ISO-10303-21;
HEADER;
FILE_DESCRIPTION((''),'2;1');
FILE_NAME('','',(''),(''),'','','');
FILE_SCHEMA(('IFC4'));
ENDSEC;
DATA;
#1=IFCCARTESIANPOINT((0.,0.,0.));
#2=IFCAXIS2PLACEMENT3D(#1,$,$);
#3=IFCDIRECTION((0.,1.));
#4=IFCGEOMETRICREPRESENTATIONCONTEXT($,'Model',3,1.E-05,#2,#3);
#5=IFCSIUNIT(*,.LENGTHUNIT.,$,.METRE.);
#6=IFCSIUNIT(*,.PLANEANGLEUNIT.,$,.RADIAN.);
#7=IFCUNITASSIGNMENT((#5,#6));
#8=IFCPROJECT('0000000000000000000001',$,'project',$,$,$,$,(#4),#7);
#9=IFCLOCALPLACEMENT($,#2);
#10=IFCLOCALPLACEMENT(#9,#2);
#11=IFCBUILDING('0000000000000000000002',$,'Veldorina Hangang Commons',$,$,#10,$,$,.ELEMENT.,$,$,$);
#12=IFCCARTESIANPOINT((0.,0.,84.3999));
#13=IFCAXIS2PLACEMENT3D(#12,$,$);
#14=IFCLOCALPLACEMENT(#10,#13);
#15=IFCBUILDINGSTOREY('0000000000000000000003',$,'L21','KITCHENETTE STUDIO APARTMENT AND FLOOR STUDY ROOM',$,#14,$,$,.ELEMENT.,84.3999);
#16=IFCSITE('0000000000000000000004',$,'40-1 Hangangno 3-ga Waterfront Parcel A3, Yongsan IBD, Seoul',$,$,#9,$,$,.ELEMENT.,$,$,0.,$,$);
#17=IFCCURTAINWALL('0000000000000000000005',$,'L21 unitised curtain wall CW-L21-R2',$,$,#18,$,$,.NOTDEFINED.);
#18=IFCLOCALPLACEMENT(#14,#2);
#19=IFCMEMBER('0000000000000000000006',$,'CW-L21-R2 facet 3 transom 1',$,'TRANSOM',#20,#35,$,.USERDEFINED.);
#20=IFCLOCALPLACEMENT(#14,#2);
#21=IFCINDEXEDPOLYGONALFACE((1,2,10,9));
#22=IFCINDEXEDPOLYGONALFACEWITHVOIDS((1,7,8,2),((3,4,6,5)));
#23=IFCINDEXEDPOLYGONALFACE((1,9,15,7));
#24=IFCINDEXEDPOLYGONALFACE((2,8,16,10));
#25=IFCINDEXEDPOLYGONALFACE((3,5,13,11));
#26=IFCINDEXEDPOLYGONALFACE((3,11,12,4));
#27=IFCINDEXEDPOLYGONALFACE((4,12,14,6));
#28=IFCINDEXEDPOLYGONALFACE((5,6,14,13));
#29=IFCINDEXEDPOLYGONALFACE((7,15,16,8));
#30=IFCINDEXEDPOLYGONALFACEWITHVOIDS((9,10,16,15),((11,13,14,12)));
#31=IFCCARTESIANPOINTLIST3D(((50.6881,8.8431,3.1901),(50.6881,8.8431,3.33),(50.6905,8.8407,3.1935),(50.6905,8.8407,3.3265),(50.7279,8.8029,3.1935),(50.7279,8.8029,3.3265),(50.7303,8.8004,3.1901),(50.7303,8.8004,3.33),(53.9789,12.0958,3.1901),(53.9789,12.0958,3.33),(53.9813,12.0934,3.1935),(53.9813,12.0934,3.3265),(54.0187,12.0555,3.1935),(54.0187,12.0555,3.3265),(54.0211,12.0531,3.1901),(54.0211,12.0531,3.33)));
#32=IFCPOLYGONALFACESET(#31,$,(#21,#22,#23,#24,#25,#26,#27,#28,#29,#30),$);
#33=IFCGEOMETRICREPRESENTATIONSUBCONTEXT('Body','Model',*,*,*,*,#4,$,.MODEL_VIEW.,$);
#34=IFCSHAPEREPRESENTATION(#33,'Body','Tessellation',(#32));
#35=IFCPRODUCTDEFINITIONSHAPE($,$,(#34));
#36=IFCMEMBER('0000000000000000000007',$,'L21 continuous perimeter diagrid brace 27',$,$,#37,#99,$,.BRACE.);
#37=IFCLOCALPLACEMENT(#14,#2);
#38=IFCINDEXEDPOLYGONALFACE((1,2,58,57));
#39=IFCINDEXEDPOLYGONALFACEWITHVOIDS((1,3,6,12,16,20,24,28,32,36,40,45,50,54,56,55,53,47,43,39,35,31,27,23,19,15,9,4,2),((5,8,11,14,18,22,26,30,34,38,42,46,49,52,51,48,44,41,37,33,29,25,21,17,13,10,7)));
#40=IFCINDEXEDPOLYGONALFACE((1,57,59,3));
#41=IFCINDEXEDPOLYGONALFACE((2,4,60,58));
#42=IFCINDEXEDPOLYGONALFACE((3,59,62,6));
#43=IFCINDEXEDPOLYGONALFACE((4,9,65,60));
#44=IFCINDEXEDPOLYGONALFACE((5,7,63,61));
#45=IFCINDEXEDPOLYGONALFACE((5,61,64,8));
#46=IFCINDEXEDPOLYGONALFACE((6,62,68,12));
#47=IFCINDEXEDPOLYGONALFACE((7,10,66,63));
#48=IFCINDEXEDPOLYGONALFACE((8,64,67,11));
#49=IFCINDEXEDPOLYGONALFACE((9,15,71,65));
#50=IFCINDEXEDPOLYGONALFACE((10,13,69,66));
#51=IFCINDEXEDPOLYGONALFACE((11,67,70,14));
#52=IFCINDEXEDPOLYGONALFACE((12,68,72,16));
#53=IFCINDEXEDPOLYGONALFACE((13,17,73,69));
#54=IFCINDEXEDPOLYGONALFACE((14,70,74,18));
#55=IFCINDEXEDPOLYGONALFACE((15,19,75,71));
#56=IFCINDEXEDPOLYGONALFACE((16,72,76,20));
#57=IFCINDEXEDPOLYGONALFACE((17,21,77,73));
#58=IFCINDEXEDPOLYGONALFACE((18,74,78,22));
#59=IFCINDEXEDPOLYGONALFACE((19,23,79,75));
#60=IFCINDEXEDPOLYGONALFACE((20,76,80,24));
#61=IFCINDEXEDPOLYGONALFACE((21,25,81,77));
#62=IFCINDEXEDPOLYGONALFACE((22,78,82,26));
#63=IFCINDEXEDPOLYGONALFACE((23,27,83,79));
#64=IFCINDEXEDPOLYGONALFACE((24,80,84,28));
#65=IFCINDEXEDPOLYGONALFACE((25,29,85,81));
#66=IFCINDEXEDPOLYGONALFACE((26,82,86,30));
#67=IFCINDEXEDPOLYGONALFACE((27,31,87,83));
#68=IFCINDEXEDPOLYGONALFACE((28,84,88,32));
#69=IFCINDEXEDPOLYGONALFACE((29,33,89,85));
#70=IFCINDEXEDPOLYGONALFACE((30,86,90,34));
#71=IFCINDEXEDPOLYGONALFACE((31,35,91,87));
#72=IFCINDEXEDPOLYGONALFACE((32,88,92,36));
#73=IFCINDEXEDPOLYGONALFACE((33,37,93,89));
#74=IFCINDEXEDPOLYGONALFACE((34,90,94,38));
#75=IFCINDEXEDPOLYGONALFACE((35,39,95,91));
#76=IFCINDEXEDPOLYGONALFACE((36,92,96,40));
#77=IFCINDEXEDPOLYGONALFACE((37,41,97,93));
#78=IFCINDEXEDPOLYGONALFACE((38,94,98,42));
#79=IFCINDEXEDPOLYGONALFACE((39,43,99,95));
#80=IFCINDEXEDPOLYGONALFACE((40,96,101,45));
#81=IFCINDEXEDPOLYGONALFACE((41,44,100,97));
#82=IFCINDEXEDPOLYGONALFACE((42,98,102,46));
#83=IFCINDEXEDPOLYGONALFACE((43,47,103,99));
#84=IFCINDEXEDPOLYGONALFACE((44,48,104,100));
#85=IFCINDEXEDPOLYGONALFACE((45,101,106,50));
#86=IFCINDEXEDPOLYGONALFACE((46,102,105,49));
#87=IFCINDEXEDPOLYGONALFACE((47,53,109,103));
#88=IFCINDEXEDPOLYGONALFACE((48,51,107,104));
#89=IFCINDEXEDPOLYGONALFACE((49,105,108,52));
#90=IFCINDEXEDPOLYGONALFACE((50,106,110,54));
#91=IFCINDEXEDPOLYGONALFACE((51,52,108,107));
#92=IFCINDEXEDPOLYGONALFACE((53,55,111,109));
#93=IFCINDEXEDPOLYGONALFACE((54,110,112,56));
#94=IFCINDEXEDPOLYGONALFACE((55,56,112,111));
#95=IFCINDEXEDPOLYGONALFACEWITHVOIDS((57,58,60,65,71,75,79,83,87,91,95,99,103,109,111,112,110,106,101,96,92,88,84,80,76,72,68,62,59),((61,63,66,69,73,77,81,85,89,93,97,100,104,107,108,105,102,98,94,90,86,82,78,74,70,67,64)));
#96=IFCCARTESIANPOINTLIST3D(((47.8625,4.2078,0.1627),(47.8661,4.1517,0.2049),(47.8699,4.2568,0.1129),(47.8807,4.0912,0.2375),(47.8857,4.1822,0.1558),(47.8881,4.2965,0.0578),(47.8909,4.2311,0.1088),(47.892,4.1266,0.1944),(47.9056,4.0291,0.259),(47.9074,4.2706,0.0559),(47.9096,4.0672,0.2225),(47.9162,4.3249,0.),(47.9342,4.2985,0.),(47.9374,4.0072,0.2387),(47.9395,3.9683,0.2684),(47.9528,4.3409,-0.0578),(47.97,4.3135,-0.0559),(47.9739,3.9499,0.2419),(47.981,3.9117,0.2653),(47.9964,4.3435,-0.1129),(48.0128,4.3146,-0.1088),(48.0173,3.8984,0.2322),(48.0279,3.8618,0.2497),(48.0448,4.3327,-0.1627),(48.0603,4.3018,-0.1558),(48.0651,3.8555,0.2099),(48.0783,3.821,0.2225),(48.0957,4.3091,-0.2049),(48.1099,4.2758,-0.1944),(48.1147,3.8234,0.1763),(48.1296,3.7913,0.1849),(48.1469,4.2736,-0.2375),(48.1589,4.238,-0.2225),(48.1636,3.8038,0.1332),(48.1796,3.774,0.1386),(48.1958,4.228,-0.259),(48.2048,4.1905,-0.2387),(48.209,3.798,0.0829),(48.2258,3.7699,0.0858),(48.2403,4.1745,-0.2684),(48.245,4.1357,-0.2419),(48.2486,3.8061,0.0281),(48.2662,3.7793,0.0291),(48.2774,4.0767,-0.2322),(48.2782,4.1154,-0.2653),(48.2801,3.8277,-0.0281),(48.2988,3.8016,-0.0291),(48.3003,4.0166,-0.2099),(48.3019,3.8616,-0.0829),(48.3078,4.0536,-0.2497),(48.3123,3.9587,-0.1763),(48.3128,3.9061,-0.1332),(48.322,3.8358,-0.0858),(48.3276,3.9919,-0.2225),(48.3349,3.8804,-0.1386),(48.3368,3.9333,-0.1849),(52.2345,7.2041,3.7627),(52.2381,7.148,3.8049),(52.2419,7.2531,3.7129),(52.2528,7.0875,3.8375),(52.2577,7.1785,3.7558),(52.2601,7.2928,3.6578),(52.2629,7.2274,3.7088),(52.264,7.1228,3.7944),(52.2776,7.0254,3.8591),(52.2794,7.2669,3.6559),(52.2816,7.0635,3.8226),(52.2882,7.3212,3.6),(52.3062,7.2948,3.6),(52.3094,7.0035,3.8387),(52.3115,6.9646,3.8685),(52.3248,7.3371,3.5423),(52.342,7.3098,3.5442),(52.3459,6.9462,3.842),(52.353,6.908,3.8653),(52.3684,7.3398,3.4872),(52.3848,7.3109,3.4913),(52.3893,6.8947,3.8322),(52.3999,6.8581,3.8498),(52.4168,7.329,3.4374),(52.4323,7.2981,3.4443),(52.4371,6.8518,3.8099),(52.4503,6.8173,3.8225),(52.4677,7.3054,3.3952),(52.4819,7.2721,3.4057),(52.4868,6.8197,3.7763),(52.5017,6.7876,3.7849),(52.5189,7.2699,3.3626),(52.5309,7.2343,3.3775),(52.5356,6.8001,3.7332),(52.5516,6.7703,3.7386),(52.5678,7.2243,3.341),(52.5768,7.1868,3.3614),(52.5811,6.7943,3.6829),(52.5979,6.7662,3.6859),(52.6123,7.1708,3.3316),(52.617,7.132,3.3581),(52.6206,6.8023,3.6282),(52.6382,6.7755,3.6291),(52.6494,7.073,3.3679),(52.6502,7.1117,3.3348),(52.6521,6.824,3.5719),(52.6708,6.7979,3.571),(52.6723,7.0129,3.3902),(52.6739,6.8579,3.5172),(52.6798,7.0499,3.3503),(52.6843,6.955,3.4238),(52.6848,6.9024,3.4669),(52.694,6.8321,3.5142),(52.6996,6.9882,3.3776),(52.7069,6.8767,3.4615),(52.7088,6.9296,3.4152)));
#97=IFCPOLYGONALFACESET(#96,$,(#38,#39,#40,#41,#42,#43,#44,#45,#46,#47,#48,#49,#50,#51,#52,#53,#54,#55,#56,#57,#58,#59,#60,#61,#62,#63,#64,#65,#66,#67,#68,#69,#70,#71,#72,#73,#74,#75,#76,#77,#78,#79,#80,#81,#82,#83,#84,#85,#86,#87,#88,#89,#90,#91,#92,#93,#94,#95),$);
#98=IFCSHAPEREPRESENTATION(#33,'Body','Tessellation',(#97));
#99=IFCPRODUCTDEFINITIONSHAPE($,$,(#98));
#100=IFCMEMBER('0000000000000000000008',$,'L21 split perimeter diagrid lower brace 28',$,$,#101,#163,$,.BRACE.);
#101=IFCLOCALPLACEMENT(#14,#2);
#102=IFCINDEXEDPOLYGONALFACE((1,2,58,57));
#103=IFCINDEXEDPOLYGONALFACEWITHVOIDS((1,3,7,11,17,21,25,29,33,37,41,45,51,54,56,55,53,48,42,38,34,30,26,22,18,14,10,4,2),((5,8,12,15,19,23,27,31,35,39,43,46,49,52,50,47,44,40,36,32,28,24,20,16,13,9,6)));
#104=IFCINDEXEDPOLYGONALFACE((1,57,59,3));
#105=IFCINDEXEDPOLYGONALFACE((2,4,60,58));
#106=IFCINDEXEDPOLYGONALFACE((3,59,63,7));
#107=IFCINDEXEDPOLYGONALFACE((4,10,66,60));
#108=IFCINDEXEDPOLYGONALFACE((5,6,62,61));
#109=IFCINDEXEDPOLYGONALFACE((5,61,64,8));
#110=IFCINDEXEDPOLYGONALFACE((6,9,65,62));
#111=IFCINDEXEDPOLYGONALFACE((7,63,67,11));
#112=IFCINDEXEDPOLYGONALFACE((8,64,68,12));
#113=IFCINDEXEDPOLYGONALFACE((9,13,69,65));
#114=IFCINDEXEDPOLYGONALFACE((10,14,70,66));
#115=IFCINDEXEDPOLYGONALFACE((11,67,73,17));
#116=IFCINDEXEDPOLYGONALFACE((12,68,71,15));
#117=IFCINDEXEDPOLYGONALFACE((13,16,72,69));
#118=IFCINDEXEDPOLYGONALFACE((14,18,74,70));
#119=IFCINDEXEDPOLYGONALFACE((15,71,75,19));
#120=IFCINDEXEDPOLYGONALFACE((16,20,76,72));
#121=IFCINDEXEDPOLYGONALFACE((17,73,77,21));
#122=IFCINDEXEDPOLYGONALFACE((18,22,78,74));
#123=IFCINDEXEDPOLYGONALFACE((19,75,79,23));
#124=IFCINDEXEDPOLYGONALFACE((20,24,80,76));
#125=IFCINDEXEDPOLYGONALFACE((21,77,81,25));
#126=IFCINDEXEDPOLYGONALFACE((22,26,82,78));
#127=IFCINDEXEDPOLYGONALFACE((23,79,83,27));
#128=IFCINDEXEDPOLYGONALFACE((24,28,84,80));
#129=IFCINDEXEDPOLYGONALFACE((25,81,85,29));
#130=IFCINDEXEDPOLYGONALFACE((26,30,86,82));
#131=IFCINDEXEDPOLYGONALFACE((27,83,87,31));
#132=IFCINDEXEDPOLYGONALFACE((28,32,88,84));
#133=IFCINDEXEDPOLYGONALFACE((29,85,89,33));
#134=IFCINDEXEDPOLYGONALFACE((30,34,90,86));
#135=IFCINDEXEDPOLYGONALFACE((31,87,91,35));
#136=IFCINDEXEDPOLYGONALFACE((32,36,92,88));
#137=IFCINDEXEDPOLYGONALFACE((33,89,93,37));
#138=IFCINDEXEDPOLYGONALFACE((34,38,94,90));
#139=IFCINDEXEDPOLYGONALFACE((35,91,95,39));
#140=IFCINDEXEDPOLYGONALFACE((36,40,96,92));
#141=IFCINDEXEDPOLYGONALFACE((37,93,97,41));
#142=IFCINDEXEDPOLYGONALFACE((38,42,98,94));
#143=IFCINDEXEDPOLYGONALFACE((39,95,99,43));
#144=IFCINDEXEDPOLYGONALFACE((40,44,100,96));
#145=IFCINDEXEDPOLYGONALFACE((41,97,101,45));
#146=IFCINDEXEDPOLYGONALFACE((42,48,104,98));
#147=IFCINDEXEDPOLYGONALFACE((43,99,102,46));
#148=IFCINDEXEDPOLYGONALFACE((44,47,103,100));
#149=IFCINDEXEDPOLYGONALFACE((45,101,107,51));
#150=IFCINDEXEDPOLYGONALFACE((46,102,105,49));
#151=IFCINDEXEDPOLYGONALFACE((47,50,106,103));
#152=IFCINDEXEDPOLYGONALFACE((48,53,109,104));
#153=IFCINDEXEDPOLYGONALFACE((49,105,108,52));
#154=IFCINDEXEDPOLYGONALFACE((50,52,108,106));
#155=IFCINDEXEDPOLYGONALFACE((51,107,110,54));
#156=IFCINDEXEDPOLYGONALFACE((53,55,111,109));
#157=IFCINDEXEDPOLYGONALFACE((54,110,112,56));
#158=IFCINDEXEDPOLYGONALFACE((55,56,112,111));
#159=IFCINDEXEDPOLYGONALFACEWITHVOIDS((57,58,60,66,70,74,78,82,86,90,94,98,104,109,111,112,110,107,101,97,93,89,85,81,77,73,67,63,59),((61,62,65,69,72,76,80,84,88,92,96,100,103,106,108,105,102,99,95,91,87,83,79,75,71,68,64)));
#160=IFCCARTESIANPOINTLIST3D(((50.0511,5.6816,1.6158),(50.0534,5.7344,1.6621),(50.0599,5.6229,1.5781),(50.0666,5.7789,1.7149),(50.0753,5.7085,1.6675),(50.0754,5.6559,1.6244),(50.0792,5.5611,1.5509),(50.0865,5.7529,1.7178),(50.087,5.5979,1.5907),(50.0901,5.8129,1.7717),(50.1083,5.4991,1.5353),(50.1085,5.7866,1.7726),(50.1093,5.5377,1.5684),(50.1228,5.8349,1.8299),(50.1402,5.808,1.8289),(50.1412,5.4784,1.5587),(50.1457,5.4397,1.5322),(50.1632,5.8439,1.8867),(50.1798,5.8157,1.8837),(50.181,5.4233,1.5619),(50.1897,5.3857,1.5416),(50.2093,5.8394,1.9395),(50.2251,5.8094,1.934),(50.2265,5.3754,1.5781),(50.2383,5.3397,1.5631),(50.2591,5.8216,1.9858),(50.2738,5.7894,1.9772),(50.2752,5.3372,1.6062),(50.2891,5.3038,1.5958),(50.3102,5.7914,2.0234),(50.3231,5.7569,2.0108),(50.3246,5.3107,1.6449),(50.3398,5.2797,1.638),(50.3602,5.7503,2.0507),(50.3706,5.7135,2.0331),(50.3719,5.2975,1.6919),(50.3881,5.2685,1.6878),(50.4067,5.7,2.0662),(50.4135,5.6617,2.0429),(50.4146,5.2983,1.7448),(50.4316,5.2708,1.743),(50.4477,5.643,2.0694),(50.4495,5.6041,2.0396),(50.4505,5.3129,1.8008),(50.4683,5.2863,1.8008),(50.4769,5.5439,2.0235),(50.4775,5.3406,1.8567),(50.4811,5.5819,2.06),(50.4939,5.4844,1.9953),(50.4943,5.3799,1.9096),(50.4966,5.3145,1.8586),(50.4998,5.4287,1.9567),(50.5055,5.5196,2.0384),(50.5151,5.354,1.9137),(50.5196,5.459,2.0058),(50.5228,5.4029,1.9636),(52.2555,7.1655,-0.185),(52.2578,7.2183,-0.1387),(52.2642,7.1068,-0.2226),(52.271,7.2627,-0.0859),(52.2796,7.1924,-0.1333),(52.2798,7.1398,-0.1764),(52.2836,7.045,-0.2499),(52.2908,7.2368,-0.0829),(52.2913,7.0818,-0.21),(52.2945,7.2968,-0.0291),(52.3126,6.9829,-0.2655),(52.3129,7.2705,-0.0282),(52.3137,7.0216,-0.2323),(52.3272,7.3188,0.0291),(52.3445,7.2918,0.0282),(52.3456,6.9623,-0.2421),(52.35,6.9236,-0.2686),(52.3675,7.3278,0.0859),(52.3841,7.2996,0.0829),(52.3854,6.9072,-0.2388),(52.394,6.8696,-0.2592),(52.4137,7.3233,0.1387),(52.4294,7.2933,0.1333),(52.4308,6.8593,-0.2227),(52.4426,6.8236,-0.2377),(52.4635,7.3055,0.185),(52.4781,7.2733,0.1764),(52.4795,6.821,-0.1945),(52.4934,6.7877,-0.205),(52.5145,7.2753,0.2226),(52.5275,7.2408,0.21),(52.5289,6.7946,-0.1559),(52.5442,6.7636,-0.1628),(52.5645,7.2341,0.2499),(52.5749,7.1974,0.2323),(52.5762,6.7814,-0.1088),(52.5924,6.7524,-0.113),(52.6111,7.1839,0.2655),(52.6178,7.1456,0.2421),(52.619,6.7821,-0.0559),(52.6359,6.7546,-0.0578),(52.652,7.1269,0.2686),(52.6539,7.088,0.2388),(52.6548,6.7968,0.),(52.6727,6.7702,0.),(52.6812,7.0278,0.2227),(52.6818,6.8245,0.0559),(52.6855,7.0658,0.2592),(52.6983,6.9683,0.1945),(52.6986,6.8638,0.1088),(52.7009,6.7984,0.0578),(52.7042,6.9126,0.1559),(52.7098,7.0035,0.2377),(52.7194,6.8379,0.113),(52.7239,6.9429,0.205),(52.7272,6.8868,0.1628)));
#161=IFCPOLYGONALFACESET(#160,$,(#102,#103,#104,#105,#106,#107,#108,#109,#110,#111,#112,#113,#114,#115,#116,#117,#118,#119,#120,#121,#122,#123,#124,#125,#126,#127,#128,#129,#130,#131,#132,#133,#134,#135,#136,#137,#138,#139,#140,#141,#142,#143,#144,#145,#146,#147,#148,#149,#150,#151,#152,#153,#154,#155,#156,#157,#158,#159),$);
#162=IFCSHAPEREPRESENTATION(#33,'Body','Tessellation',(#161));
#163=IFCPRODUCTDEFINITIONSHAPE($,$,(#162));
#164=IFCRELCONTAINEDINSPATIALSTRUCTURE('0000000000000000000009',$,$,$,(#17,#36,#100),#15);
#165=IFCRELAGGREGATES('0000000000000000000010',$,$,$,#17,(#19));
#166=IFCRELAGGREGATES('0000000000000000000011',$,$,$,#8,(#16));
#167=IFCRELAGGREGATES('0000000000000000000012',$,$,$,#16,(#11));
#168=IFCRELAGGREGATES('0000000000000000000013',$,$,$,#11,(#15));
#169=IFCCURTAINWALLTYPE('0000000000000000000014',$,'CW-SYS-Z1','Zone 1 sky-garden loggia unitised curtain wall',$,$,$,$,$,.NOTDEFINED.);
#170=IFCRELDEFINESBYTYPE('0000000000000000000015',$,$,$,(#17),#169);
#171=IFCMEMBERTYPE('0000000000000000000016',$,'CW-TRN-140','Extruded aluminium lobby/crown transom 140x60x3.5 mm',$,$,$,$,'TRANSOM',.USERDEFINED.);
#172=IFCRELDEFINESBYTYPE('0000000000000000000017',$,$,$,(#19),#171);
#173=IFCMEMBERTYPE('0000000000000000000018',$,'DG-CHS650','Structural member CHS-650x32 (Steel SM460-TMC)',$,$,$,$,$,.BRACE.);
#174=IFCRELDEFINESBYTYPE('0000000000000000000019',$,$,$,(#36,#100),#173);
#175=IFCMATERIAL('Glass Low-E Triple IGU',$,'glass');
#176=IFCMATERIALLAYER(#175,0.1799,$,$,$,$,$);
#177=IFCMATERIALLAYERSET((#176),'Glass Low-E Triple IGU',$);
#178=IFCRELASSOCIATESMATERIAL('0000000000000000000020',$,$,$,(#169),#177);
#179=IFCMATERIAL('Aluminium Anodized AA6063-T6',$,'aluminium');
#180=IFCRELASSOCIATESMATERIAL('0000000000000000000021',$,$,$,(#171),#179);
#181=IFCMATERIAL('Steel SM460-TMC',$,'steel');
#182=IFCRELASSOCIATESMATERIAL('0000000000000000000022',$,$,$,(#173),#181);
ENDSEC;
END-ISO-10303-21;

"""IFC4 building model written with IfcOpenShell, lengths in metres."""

from ifc_helpers import new_model, si_unit, direction, frame, origin, origin_2d, place, context, subcontext, project, spatial, hollow_rectangle, hollow_circle, extrude, material, layer, layer_set, material_profile, profile_set, type_object, element, aggregate, save


model = new_model("IFC4")

# Units and contexts
model_context = context("Model", 3, precision=1e-05, world=origin(), true_north=direction((0.0, 1.0)))
body_context = subcontext(model_context, "Body", "Model", "MODEL_VIEW")
ifc_project = project(units=[si_unit("LENGTHUNIT", "METRE"), si_unit("PLANEANGLEUNIT", "RADIAN")], contexts=[model_context])

# Site, building, storey
site_placement = place(None, origin())
site = spatial("IfcSite", under=ifc_project, at=site_placement, Name="40-1 Hangangno 3-ga Waterfront Parcel A3, Yongsan IBD, Seoul", CompositionType="ELEMENT", RefElevation=0.0)
building_placement = place(site_placement, origin())
building = spatial("IfcBuilding", under=site, at=building_placement, Name="Veldorina Hangang Commons", CompositionType="ELEMENT")
storey_placement = place(building_placement, frame((0.0, 0.0, 84.3999)))
storey = spatial("IfcBuildingStorey", under=building, at=storey_placement, Name="L21", Description="KITCHENETTE STUDIO APARTMENT AND FLOOR STUDY ROOM", CompositionType="ELEMENT", Elevation=84.3999)

# Curtain wall, member
ifc_material_1 = material(Name="Glass Low-E Triple IGU", Category="glass")
ifc_layer_1 = layer(ifc_material_1, 0.1799)
ifc_layer_set_1 = layer_set([ifc_layer_1], Name="Glass Low-E Triple IGU")
curtain_wall_type = type_object("IfcCurtainWallType", Name="CW-SYS-Z1", Description="Zone 1 sky-garden loggia unitised curtain wall", PredefinedType="NOTDEFINED", material=ifc_layer_set_1)
curtain_wall_placement = place(storey_placement, origin())
curtain_wall = element("IfcCurtainWall", 1, at=curtain_wall_placement, inside=storey, type_object=curtain_wall_type, Name="L21 unitised curtain wall CW-L21-R2", PredefinedType="NOTDEFINED")
ifc_material_2 = material(Name="Aluminium Anodized AA6063-T6", Category="aluminium")
ifc_material_profile_1 = material_profile(ifc_material_2, hollow_rectangle(XDim=0.0601, YDim=0.1399, WallThickness=0.0034, at=origin_2d()), Name="ALU-RHS-140x60x3.5")
ifc_profile_set_1 = profile_set([ifc_material_profile_1], Name="Aluminium Anodized AA6063-T6")
member_type_1 = type_object("IfcMemberType", Name="CW-TRN-140", Description="Extruded aluminium lobby/crown transom 140x60x3.5 mm", ElementType="TRANSOM", PredefinedType="USERDEFINED", material=ifc_profile_set_1)
member_1_placement = place(storey_placement, frame((50.7092, 8.8218, 3.26), z_axis=(0.71121, 0.702979, 0.0), x_axis=(-0.702979, 0.71121, 0.0)))
member_1 = element("IfcMember", 2, at=member_1_placement, type_object=member_type_1, Name="CW-L21-R2 facet 3 transom 1", ObjectType="TRANSOM", PredefinedType="USERDEFINED", context=body_context, shape_type="SweptSolid", body=[
    extrude(hollow_rectangle(XDim=0.0601, YDim=0.1399, WallThickness=0.0034, at=origin_2d()), origin(), (0.0, 0.0, 1.0), 4.627),
])

# Members
ifc_material_3 = material(Name="Steel SM460-TMC", Category="steel")
ifc_material_profile_2 = material_profile(ifc_material_3, hollow_circle(Radius=0.325, WallThickness=0.032, at=origin_2d()), Name="CHS-650x32")
ifc_profile_set_2 = profile_set([ifc_material_profile_2], Name="Steel SM460-TMC")
member_type_2 = type_object("IfcMemberType", Name="DG-CHS650", Description="Structural member CHS-650x32 (Steel SM460-TMC)", PredefinedType="BRACE", material=ifc_profile_set_2)
member_2_placement = place(storey_placement, frame((48.0999, 4.0569, 0.0), z_axis=(0.682356, 0.467643, 0.561873), x_axis=(-0.565316, 0.824874, 0.0)))
element("IfcMember", 3, at=member_2_placement, inside=storey, type_object=member_type_2, Name="L21 continuous perimeter diagrid brace 27", PredefinedType="BRACE", context=body_context, shape_type="SweptSolid", body=[
    extrude(hollow_circle(Radius=0.325, WallThickness=0.032, at=origin_2d()), origin(), (0.0, 0.0, 1.0), 6.4072),
])
member_3_placement = place(storey_placement, frame((52.4912, 7.0398, 0.0), z_axis=(-0.68672, -0.462275, 0.560997), x_axis=(0.558426, -0.829554, 0.0)))
element("IfcMember", 4, at=member_3_placement, inside=storey, type_object=member_type_2, Name="L21 split perimeter diagrid lower brace 28", PredefinedType="BRACE", context=body_context, shape_type="SweptSolid", body=[
    extrude(hollow_circle(Radius=0.325, WallThickness=0.032, at=origin_2d()), origin(), (0.0, 0.0, 1.0), 3.21),
])

aggregate(curtain_wall, [member_1])

save(model, "model.ifc")
